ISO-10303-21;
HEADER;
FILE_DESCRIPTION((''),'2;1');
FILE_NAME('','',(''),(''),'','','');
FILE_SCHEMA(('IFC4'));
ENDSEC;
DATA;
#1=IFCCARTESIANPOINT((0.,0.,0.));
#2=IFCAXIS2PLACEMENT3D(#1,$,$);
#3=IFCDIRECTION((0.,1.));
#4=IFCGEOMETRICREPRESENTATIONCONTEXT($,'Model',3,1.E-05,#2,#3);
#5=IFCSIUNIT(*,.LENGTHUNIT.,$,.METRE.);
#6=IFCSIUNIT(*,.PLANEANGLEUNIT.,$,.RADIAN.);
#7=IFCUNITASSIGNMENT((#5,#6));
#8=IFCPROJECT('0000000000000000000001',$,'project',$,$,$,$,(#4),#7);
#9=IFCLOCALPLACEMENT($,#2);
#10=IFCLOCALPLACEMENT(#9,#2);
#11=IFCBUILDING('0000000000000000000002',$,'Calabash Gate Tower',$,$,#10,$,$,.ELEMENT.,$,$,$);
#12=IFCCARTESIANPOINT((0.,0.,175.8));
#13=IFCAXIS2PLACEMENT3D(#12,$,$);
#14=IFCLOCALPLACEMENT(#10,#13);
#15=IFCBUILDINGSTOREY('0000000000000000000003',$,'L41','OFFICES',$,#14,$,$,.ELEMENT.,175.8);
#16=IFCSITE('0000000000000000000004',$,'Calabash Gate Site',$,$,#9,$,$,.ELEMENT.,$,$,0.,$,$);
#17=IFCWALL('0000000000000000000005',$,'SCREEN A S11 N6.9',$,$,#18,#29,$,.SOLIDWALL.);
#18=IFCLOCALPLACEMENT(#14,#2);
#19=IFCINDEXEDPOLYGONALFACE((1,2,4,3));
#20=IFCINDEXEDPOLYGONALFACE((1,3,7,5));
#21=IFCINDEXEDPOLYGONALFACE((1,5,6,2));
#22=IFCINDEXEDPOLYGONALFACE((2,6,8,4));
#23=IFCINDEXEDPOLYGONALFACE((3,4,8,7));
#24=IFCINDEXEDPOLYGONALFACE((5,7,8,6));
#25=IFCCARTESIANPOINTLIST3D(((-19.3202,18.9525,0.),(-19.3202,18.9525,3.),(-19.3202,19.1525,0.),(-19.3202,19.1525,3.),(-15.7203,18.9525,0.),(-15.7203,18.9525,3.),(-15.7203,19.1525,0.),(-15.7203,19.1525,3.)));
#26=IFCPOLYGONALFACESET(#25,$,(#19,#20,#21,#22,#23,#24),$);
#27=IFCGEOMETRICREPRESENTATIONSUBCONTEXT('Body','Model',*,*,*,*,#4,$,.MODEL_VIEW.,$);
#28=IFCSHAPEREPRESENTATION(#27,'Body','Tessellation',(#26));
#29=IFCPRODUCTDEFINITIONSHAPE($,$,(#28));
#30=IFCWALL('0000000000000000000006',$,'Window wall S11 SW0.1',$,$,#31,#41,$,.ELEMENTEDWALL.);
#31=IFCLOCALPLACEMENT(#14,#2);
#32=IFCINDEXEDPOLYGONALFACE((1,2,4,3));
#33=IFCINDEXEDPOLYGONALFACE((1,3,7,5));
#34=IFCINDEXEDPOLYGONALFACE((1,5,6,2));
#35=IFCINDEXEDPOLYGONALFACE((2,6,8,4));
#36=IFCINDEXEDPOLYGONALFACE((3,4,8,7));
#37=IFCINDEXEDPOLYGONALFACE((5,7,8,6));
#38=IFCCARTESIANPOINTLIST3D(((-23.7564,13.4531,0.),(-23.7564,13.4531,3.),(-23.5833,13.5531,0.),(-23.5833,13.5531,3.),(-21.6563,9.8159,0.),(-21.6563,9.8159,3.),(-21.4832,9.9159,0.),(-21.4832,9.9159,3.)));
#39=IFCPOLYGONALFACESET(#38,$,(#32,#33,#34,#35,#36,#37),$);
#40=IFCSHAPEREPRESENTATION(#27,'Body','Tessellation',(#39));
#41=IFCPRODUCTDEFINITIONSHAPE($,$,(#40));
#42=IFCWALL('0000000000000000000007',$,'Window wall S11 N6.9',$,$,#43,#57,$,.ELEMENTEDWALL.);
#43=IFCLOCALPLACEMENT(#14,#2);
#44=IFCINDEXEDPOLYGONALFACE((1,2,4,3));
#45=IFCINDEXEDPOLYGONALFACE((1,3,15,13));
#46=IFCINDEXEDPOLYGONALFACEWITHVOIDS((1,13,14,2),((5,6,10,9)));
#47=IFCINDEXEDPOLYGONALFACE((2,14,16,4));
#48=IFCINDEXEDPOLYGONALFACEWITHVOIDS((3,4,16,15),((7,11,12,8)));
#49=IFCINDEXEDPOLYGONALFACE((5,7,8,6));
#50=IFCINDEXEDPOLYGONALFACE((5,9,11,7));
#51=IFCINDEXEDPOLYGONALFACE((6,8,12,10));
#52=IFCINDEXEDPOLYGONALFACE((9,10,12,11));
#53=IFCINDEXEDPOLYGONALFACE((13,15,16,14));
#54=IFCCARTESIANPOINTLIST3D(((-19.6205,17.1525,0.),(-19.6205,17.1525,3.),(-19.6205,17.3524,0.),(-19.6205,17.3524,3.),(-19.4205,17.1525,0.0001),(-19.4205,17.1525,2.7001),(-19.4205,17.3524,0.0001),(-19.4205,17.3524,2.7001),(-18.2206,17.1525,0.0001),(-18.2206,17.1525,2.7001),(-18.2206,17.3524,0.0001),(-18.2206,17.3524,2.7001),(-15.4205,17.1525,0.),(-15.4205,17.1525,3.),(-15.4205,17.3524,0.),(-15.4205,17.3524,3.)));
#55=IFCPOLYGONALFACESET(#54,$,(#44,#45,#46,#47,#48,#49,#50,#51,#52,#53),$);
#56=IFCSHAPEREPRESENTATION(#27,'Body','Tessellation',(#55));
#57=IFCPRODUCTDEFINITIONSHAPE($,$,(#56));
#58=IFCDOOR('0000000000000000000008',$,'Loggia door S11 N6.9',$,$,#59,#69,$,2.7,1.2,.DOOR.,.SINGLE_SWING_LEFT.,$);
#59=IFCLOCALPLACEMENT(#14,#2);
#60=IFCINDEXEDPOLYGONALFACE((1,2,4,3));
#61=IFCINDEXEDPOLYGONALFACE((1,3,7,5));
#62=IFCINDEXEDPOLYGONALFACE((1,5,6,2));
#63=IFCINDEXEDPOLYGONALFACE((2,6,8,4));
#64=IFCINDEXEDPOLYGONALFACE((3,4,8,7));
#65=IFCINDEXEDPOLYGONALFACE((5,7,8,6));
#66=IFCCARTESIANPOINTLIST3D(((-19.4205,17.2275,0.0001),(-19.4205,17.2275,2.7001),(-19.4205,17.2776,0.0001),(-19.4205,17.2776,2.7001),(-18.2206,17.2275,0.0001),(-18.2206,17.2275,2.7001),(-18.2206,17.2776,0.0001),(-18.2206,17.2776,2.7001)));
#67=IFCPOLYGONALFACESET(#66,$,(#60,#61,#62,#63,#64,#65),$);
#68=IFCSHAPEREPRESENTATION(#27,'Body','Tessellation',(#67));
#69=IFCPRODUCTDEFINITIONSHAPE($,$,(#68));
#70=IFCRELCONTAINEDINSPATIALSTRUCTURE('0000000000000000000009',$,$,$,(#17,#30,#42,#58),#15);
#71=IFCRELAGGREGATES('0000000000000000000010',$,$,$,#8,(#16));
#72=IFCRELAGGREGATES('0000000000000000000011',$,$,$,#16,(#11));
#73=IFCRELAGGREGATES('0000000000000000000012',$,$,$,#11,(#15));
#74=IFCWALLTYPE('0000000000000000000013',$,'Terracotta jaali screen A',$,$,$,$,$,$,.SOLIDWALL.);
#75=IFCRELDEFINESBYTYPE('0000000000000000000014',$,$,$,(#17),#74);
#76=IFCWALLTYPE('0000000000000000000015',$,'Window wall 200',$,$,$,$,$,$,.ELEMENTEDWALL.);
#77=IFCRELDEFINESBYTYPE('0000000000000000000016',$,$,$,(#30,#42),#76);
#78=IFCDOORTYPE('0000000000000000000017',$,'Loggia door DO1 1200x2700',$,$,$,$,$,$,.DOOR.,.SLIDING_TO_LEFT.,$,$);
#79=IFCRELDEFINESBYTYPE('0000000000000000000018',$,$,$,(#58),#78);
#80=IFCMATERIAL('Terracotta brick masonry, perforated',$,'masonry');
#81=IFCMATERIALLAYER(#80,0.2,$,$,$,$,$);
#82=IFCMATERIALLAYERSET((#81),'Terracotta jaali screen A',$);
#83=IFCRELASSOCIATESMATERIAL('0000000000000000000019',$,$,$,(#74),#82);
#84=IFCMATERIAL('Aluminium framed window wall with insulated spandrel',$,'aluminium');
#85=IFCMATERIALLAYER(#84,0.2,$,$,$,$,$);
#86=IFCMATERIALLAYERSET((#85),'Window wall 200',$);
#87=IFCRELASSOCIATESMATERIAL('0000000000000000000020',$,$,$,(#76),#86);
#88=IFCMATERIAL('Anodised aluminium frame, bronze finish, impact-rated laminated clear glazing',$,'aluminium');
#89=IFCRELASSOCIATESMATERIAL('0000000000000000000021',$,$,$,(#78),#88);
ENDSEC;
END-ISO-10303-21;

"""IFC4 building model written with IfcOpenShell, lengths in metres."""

from ifc_helpers import new_model, si_unit, direction, frame, frame_2d, origin, place, context, subcontext, project, spatial, rectangle, extrude, material, layer, layer_set, type_object, element, fill, save


model = new_model("IFC4")

# Units and contexts
model_context = context("Model", 3, precision=1e-05, world=origin(), true_north=direction((0.0, 1.0)))
body_context = subcontext(model_context, "Body", "Model", "MODEL_VIEW")
ifc_project = project(units=[si_unit("LENGTHUNIT", "METRE"), si_unit("PLANEANGLEUNIT", "RADIAN")], contexts=[model_context])

# Site, building, storey
site_placement = place(None, origin())
site = spatial("IfcSite", under=ifc_project, at=site_placement, Name="Calabash Gate Site", CompositionType="ELEMENT", RefElevation=0.0)
building_placement = place(site_placement, origin())
building = spatial("IfcBuilding", under=site, at=building_placement, Name="Calabash Gate Tower", CompositionType="ELEMENT")
storey_placement = place(building_placement, frame((0.0, 0.0, 175.8)))
storey = spatial("IfcBuildingStorey", under=building, at=storey_placement, Name="L41", Description="OFFICES", CompositionType="ELEMENT", Elevation=175.8)

# Walls
ifc_material_1 = material(Name="Terracotta brick masonry, perforated", Category="masonry")
ifc_layer_1 = layer(ifc_material_1, 0.2)
ifc_layer_set_1 = layer_set([ifc_layer_1], Name="Terracotta jaali screen A")
wall_type_1 = type_object("IfcWallType", Name="Terracotta jaali screen A", PredefinedType="SOLIDWALL", material=ifc_layer_set_1)
wall_1_placement = place(storey_placement, frame((-15.7205, 19.0525, 0.0), z_axis=(0.0, 0.0, 1.0), x_axis=(-1.0, 0.0, 0.0)))
element("IfcWall", 1, at=wall_1_placement, inside=storey, type_object=wall_type_1, Name="SCREEN A S11 N6.9", PredefinedType="SOLIDWALL", context=body_context, shape_type="SweptSolid", body=[
    extrude(rectangle(XDim=3.5999, YDim=0.2, at=frame_2d((1.7998, 0.0))), origin(), (0.0, 0.0, 1.0), 3.0),
])
ifc_material_2 = material(Name="Aluminium framed window wall with insulated spandrel", Category="aluminium")
ifc_layer_2 = layer(ifc_material_2, 0.2)
ifc_layer_set_2 = layer_set([ifc_layer_2], Name="Window wall 200")
wall_type_2 = type_object("IfcWallType", Name="Window wall 200", PredefinedType="ELEMENTEDWALL", material=ifc_layer_set_2)
wall_2_placement = place(storey_placement, frame((-23.6699, 13.5032, 0.0), z_axis=(0.0, 0.0, 1.0), x_axis=(0.500028, -0.866009, 0.0)))
element("IfcWall", 2, at=wall_2_placement, inside=storey, type_object=wall_type_2, Name="Window wall S11 SW0.1", PredefinedType="ELEMENTEDWALL", context=body_context, shape_type="SweptSolid", body=[
    extrude(rectangle(XDim=4.2, YDim=0.2, at=frame_2d((2.1001, 0.0))), origin(), (0.0, 0.0, 1.0), 3.0),
])

# Wall, opening, door
wall_3_placement = place(storey_placement, frame((-15.4204, 17.2524, 0.0), z_axis=(0.0, 0.0, 1.0), x_axis=(-1.0, 0.0, 0.0)))
wall_3 = element("IfcWall", 3, at=wall_3_placement, inside=storey, type_object=wall_type_2, Name="Window wall S11 N6.9", PredefinedType="ELEMENTEDWALL", context=body_context, shape_type="SweptSolid", body=[
    extrude(rectangle(XDim=4.2, YDim=0.2, at=frame_2d((2.1001, 0.0))), origin(), (0.0, 0.0, 1.0), 3.0),
])
opening_1_placement = place(wall_3_placement, frame((2.8, 0.0, 0.0)))
opening_1 = element("IfcOpeningElement", 4, at=opening_1_placement, cuts=wall_3, PredefinedType="OPENING", context=body_context, shape_type="SweptSolid", body=[
    extrude(rectangle(XDim=1.2, YDim=2.7, at=frame_2d((0.6001, 1.3501))), frame((0.0, 0.1099, 0.0), z_axis=(0.0, -1.0, 0.0), x_axis=(1.0, 0.0, 0.0)), (0.0, 0.0, 1.0), 0.22),
])
ifc_material_3 = material(Name="Anodised aluminium frame, bronze finish, impact-rated laminated clear glazing", Category="aluminium")
door_type_1 = type_object("IfcDoorType", Name="Loggia door DO1 1200x2700", OperationType="SLIDING_TO_LEFT", PredefinedType="DOOR", material=ifc_material_3)
door_1_placement = place(opening_1_placement, origin())
door_1 = element("IfcDoor", 5, at=door_1_placement, inside=storey, type_object=door_type_1, Name="Loggia door S11 N6.9", OperationType="SINGLE_SWING_LEFT", OverallHeight=2.7, OverallWidth=1.2, PredefinedType="DOOR", context=body_context, shape_type="SweptSolid", body=[
    extrude(rectangle(XDim=1.2, YDim=2.7, at=frame_2d((0.6001, 1.3501))), frame((0.0, 0.0249, 0.0), z_axis=(0.0, -1.0, 0.0), x_axis=(1.0, 0.0, 0.0)), (0.0, 0.0, 1.0), 0.05),
])
fill(opening_1, door_1)

save(model, "model.ifc")
